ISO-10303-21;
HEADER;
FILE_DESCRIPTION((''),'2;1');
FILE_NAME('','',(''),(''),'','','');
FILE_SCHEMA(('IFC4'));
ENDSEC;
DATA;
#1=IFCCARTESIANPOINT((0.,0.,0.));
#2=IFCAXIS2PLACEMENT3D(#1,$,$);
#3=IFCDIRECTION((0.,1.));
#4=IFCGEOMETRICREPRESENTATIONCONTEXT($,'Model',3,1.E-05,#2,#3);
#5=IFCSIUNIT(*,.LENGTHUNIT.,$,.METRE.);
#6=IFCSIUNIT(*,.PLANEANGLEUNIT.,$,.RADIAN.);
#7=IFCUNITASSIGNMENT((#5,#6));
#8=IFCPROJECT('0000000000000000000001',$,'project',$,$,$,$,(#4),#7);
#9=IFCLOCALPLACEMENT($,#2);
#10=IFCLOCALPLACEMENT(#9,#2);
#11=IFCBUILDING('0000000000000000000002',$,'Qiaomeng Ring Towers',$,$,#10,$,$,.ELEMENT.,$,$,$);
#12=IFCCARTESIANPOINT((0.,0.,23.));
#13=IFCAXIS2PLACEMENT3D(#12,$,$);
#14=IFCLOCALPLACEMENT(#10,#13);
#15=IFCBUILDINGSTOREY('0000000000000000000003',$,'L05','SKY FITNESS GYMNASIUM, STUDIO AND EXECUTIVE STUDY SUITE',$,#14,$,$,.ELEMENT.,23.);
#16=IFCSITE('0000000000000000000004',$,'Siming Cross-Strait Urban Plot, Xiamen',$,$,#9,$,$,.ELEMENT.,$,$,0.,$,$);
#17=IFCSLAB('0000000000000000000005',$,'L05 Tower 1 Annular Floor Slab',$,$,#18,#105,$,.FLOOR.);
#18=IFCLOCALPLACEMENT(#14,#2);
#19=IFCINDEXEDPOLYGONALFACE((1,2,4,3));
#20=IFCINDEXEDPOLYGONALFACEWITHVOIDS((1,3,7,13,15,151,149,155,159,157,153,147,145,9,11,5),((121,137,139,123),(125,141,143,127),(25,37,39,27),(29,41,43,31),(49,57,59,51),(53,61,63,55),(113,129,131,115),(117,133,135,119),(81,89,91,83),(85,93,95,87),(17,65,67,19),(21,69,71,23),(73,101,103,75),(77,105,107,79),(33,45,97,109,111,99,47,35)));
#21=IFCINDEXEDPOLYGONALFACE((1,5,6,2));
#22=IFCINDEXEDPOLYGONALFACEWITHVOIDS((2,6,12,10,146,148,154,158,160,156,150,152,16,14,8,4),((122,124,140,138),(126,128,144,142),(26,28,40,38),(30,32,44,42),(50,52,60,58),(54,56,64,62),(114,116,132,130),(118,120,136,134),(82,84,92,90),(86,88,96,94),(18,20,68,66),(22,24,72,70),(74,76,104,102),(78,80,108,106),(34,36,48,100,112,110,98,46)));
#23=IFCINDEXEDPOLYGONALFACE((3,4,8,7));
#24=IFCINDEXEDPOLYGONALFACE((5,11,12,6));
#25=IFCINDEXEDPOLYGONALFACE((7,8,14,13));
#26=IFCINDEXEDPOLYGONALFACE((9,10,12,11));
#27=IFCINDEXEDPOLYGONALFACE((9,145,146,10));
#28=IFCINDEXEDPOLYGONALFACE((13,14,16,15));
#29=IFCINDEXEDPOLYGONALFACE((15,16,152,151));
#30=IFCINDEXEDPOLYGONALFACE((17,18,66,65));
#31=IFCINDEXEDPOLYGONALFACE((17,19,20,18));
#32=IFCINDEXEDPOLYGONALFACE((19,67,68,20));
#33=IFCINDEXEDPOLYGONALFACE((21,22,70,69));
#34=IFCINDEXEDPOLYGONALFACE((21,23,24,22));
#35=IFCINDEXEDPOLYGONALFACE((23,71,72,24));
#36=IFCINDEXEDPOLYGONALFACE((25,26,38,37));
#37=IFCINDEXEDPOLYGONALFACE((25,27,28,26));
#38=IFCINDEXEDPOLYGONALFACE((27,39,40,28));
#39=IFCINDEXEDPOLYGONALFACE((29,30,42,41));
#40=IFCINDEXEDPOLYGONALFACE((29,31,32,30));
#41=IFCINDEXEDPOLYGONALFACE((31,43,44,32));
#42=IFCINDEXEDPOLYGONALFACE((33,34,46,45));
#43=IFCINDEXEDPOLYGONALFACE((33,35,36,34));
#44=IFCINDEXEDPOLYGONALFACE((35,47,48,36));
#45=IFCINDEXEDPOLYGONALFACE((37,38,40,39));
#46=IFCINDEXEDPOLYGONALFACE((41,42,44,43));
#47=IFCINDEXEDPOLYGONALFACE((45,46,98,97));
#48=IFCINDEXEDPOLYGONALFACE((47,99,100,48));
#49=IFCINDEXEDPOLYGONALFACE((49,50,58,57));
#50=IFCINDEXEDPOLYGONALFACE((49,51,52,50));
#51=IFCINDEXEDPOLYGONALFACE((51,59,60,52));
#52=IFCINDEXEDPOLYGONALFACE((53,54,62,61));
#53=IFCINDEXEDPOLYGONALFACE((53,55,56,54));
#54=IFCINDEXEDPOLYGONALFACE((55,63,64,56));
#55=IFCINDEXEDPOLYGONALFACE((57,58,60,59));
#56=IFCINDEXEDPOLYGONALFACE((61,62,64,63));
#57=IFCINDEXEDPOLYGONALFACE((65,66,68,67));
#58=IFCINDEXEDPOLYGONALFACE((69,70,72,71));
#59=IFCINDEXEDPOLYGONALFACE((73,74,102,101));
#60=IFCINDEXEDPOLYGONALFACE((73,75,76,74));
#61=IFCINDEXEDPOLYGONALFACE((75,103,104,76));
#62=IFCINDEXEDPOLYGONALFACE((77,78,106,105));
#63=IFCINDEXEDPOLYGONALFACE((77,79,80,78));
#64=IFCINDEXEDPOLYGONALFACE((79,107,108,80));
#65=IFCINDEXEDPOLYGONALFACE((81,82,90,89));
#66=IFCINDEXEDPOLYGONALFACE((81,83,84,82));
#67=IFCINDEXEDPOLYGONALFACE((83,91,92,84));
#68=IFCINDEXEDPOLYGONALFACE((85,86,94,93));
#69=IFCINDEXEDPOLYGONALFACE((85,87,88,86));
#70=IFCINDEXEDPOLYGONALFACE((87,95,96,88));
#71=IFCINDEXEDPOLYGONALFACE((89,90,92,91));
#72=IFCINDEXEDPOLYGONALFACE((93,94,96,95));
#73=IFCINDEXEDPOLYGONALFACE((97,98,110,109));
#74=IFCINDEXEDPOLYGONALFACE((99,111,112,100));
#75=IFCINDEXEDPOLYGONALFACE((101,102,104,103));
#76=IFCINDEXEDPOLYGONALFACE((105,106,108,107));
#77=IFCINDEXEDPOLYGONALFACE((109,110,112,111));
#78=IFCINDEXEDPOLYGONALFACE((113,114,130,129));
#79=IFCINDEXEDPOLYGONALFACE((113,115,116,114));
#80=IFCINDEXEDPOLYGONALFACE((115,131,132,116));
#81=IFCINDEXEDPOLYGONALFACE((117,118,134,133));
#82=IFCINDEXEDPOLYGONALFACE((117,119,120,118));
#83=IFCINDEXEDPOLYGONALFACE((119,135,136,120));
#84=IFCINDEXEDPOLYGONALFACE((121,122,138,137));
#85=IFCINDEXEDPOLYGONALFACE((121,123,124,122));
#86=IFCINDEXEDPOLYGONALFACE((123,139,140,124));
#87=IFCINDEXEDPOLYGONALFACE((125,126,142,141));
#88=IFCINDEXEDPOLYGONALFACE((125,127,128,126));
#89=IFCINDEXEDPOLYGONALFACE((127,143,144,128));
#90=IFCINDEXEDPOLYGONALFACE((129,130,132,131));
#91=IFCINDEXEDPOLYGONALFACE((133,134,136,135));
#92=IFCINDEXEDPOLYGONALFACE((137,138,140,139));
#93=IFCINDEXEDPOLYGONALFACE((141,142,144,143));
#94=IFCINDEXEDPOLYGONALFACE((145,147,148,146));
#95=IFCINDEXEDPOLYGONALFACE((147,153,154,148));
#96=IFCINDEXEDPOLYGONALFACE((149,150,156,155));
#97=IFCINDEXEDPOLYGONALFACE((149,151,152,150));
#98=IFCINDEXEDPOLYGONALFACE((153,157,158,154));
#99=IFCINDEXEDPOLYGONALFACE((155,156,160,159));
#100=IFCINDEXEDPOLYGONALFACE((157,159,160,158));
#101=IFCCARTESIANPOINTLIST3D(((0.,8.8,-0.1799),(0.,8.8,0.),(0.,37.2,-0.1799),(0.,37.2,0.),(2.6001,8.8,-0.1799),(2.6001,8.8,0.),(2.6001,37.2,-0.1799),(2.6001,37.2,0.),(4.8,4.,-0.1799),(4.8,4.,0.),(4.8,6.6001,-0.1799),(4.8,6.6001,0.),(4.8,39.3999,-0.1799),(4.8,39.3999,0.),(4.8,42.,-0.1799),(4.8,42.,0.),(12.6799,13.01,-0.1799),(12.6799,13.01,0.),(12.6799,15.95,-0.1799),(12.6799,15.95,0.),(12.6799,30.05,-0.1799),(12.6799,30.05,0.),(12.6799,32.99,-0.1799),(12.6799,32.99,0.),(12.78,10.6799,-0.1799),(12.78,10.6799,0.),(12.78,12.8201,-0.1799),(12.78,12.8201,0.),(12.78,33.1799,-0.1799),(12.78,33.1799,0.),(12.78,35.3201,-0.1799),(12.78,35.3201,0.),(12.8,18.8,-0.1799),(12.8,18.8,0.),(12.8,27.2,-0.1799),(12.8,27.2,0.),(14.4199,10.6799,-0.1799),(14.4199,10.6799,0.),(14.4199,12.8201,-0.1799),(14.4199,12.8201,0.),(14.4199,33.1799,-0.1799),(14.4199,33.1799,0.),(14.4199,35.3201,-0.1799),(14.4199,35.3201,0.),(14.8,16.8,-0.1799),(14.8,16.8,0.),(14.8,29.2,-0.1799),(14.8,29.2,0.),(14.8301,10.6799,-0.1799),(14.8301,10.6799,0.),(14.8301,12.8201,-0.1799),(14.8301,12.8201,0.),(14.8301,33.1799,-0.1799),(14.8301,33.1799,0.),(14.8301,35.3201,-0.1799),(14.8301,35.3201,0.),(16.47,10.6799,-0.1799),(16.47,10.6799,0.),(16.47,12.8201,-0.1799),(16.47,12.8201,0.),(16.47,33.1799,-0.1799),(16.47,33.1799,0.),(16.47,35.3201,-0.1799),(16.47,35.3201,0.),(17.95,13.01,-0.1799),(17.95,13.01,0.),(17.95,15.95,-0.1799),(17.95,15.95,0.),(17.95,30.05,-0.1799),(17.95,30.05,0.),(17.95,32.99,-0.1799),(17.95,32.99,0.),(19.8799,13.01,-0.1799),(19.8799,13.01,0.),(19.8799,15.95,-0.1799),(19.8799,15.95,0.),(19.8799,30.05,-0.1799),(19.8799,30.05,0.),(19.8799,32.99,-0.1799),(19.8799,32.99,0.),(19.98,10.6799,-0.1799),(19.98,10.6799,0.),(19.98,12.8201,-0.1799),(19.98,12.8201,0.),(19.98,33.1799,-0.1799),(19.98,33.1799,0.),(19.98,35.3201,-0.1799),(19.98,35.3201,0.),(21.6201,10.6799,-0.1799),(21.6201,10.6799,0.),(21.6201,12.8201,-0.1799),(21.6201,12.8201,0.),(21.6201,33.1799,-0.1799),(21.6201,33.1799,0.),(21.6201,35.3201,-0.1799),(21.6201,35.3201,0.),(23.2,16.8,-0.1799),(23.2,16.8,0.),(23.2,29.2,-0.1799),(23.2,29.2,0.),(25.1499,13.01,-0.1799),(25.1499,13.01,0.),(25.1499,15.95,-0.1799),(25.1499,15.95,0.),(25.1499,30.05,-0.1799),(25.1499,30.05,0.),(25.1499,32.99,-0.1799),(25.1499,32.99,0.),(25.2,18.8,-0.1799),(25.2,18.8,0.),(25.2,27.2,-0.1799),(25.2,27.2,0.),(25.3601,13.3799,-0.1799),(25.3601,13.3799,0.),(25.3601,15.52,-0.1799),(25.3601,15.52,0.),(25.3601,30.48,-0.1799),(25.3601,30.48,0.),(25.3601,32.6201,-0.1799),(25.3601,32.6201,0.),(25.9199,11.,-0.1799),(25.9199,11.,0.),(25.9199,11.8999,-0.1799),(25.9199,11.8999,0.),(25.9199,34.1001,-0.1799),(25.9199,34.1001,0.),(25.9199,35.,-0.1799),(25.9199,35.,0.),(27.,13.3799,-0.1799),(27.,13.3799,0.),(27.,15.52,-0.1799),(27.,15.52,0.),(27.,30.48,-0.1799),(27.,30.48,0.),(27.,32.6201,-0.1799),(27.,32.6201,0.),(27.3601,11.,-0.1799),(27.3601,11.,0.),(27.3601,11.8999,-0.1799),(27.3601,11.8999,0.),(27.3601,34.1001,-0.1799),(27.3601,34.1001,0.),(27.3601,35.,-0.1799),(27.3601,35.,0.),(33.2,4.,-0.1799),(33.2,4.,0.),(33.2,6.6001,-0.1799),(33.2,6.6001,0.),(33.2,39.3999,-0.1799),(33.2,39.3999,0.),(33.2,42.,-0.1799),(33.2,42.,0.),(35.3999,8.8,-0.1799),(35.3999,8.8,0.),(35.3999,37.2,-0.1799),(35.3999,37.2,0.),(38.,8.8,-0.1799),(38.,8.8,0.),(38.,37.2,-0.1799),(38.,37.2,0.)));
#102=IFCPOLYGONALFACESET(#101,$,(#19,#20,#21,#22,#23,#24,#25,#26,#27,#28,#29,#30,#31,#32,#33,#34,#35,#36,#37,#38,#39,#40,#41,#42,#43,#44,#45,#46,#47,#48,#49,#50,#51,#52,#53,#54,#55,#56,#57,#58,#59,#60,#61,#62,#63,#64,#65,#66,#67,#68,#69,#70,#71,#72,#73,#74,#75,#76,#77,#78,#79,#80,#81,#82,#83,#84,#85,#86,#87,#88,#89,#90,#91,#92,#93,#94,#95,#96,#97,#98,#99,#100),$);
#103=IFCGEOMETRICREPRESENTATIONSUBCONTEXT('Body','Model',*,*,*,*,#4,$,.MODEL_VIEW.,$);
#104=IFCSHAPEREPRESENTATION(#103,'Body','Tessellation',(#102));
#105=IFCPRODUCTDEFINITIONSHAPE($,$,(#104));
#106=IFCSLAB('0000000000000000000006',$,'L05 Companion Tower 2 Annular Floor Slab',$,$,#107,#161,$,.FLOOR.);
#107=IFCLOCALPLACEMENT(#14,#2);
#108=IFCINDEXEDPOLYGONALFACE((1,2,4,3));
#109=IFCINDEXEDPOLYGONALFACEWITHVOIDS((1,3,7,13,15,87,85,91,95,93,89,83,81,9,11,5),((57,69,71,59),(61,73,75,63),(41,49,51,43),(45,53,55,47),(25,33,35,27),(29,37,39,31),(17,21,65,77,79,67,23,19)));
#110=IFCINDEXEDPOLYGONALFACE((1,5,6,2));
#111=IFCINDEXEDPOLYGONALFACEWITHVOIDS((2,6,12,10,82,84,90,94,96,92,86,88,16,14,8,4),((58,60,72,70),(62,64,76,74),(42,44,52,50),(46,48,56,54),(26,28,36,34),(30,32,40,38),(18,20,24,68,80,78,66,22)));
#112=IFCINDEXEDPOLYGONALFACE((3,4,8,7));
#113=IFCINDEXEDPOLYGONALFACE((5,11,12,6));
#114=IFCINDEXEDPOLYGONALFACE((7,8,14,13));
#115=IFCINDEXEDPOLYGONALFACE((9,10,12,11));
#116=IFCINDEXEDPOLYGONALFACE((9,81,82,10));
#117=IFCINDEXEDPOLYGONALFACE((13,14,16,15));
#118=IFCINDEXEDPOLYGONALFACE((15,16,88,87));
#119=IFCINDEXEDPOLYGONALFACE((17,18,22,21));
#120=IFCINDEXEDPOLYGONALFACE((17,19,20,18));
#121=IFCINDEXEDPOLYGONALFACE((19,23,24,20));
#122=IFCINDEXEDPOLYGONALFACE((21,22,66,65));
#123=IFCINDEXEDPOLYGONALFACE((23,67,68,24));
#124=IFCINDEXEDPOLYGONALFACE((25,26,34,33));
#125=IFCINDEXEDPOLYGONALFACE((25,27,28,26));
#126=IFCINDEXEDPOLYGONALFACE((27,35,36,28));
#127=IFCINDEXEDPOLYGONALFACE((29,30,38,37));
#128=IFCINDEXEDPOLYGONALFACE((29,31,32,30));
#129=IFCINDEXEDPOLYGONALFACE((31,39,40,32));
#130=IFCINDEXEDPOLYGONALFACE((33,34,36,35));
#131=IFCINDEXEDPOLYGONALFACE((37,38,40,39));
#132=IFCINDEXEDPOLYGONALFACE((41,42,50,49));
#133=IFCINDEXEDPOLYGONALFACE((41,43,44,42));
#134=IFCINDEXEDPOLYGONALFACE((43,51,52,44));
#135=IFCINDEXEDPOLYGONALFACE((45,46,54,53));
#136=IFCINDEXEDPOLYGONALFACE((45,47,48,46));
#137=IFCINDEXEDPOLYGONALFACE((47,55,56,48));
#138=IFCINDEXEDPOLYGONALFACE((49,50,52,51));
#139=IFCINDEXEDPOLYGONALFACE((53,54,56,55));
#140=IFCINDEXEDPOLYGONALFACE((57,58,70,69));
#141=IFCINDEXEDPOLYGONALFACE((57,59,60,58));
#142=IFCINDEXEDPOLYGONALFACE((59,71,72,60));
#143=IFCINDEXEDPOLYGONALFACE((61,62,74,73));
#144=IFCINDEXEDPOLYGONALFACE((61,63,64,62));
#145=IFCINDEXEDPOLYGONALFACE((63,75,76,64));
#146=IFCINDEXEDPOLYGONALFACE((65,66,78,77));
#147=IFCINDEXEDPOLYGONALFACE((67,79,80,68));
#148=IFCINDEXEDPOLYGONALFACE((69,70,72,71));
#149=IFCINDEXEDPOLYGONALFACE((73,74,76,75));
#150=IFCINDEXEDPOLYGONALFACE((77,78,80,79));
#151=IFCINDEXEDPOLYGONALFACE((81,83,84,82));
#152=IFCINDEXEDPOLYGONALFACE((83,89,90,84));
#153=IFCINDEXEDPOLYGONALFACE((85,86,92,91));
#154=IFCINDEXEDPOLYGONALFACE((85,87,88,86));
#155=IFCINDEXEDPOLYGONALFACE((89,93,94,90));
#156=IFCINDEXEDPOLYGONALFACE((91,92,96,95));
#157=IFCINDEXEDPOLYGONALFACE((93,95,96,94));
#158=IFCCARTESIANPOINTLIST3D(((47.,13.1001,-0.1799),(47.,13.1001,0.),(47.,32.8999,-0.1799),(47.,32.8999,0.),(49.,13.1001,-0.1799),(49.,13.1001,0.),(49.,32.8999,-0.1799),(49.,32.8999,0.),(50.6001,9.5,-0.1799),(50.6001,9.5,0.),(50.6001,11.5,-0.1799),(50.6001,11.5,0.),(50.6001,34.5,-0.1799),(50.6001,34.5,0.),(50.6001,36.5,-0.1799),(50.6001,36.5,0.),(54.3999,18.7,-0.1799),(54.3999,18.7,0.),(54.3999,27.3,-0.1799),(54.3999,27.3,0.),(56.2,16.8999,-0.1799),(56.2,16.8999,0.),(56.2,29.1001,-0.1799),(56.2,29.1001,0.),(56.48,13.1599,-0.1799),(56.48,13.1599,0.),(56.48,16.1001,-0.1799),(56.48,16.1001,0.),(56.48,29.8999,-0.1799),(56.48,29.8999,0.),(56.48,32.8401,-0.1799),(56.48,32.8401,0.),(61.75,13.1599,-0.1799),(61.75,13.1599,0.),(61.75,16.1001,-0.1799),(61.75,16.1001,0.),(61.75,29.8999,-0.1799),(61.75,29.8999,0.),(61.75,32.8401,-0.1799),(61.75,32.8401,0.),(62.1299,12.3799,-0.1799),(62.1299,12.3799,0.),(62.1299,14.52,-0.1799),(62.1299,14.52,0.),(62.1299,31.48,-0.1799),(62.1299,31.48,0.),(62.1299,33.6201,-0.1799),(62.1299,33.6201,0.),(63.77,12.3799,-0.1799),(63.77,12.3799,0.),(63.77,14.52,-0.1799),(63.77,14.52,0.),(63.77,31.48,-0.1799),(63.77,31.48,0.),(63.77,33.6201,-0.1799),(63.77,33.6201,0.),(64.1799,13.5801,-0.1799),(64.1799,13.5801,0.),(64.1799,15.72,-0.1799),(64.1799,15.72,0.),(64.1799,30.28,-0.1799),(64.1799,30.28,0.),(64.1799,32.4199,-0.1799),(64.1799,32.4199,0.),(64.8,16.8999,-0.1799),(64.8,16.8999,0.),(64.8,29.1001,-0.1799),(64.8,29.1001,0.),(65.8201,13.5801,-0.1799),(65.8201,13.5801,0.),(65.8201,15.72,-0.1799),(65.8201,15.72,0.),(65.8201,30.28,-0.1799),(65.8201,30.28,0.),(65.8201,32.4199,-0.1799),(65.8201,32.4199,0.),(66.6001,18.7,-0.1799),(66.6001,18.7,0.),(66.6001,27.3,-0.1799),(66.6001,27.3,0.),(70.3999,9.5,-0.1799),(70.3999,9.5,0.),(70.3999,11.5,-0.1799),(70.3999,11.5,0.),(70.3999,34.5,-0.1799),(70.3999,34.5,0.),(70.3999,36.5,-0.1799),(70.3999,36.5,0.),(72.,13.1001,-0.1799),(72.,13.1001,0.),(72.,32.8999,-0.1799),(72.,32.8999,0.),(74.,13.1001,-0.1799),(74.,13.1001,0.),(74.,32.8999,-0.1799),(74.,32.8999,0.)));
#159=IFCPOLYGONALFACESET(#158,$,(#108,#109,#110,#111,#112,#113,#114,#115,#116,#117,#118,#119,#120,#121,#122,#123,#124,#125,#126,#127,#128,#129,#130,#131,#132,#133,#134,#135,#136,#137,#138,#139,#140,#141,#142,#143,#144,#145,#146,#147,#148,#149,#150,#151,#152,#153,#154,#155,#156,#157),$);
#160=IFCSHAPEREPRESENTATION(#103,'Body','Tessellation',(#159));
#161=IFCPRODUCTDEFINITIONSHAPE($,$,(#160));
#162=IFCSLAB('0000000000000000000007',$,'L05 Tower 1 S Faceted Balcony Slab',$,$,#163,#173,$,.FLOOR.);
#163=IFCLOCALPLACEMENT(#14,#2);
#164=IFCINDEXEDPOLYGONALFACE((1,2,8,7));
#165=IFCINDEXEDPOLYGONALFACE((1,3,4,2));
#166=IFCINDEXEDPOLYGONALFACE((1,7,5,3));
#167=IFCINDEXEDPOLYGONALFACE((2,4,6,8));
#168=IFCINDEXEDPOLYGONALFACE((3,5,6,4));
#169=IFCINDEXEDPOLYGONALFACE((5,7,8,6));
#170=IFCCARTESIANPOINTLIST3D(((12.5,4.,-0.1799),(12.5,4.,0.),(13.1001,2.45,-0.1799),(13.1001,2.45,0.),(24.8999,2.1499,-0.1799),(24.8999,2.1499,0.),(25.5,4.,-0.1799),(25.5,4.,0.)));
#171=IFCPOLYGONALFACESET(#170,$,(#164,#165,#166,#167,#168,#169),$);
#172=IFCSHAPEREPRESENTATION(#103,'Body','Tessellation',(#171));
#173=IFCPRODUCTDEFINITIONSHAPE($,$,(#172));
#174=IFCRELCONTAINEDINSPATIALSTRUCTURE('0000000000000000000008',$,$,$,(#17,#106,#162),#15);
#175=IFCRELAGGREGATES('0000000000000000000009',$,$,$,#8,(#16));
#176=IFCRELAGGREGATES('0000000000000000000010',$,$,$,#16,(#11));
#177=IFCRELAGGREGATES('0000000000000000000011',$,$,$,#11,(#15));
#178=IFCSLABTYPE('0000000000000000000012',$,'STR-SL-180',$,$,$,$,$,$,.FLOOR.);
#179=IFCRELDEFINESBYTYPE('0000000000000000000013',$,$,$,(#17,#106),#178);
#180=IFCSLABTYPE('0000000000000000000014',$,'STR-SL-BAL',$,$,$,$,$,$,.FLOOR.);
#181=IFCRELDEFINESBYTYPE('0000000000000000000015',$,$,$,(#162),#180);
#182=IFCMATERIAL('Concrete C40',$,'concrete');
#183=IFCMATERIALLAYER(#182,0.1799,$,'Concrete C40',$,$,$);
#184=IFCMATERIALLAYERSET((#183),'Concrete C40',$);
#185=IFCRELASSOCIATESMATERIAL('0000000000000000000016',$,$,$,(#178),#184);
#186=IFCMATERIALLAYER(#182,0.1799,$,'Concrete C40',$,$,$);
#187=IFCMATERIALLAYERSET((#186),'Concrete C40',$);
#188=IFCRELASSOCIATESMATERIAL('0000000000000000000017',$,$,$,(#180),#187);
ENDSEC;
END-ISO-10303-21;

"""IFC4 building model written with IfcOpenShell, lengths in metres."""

from ifc_helpers import new_model, si_unit, direction, frame, origin, place, context, subcontext, project, spatial, polyline, outline, extrude, material, layer, layer_set, type_object, element, save


model = new_model("IFC4")

# Units and contexts
model_context = context("Model", 3, precision=1e-05, world=origin(), true_north=direction((0.0, 1.0)))
body_context = subcontext(model_context, "Body", "Model", "MODEL_VIEW")
ifc_project = project(units=[si_unit("LENGTHUNIT", "METRE"), si_unit("PLANEANGLEUNIT", "RADIAN")], contexts=[model_context])

# Site, building, storey
site_placement = place(None, origin())
site = spatial("IfcSite", under=ifc_project, at=site_placement, Name="Siming Cross-Strait Urban Plot, Xiamen", CompositionType="ELEMENT", RefElevation=0.0)
building_placement = place(site_placement, origin())
building = spatial("IfcBuilding", under=site, at=building_placement, Name="Qiaomeng Ring Towers", CompositionType="ELEMENT")
storey_placement = place(building_placement, frame((0.0, 0.0, 23.0)))
storey = spatial("IfcBuildingStorey", under=building, at=storey_placement, Name="L05", Description="SKY FITNESS GYMNASIUM, STUDIO AND EXECUTIVE STUDY SUITE", CompositionType="ELEMENT", Elevation=23.0)

# Slabs
ifc_material_1 = material(Name="Concrete C40", Category="concrete")
ifc_layer_1 = layer(ifc_material_1, 0.1799, Name="Concrete C40")
ifc_layer_set_1 = layer_set([ifc_layer_1], Name="Concrete C40")
slab_type_1 = type_object("IfcSlabType", Name="STR-SL-180", PredefinedType="FLOOR", material=ifc_layer_set_1)
slab_1_placement = place(storey_placement, frame((0.0, 0.0, -0.1799)))
element("IfcSlab", 1, at=slab_1_placement, inside=storey, type_object=slab_type_1, Name="L05 Tower 1 Annular Floor Slab", PredefinedType="FLOOR", context=body_context, shape_type="SweptSolid", body=[
    extrude(outline(polyline([(4.8, 4.0), (33.2, 4.0), (33.2, 6.6001), (35.3999, 8.8), (38.0, 8.8), (38.0, 37.2), (35.3999, 37.2), (33.2, 39.3999), (33.2, 42.0), (4.8, 42.0), (4.8, 39.3999), (2.6001, 37.2), (0.0, 37.2), (0.0, 8.8), (2.6001, 8.8), (4.8, 6.6001), (4.8, 4.0)]), holes=[polyline([(12.78, 10.6799), (12.78, 12.8201), (14.4199, 12.8201), (14.4199, 10.6799), (12.78, 10.6799)]), polyline([(14.8301, 12.8201), (16.47, 12.8201), (16.47, 10.6799), (14.8301, 10.6799), (14.8301, 12.8201)]), polyline([(12.6799, 15.95), (17.95, 15.95), (17.95, 13.01), (12.6799, 13.01), (12.6799, 15.95)]), polyline([(25.2, 27.2), (25.2, 18.8), (23.2, 16.8), (14.8, 16.8), (12.8, 18.8), (12.8, 27.2), (14.8, 29.2), (23.2, 29.2), (25.2, 27.2)]), polyline([(12.6799, 32.99), (17.95, 32.99), (17.95, 30.05), (12.6799, 30.05), (12.6799, 32.99)]), polyline([(12.78, 35.3201), (14.4199, 35.3201), (14.4199, 33.1799), (12.78, 33.1799), (12.78, 35.3201)]), polyline([(14.8301, 35.3201), (16.47, 35.3201), (16.47, 33.1799), (14.8301, 33.1799), (14.8301, 35.3201)]), polyline([(19.98, 35.3201), (21.6201, 35.3201), (21.6201, 33.1799), (19.98, 33.1799), (19.98, 35.3201)]), polyline([(25.9199, 11.8999), (27.3601, 11.8999), (27.3601, 11.0), (25.9199, 11.0), (25.9199, 11.8999)]), polyline([(19.98, 12.8201), (21.6201, 12.8201), (21.6201, 10.6799), (19.98, 10.6799), (19.98, 12.8201)]), polyline([(25.3601, 15.52), (27.0, 15.52), (27.0, 13.3799), (25.3601, 13.3799), (25.3601, 15.52)]), polyline([(19.8799, 15.95), (25.1499, 15.95), (25.1499, 13.01), (19.8799, 13.01), (19.8799, 15.95)]), polyline([(19.8799, 32.99), (25.1499, 32.99), (25.1499, 30.05), (19.8799, 30.05), (19.8799, 32.99)]), polyline([(25.3601, 32.6201), (27.0, 32.6201), (27.0, 30.48), (25.3601, 30.48), (25.3601, 32.6201)]), polyline([(25.9199, 35.0), (27.3601, 35.0), (27.3601, 34.1001), (25.9199, 34.1001), (25.9199, 35.0)])]), origin(), (0.0, 0.0, 1.0), 0.1799),
])
slab_2_placement = place(storey_placement, frame((0.0, 0.0, -0.1799)))
element("IfcSlab", 2, at=slab_2_placement, inside=storey, type_object=slab_type_1, Name="L05 Companion Tower 2 Annular Floor Slab", PredefinedType="FLOOR", context=body_context, shape_type="SweptSolid", body=[
    extrude(outline(polyline([(50.6001, 9.5), (70.3999, 9.5), (70.3999, 11.5), (72.0, 13.1001), (74.0, 13.1001), (74.0, 32.8999), (72.0, 32.8999), (70.3999, 34.5), (70.3999, 36.5), (50.6001, 36.5), (50.6001, 34.5), (49.0, 32.8999), (47.0, 32.8999), (47.0, 13.1001), (49.0, 13.1001), (50.6001, 11.5), (50.6001, 9.5)]), holes=[polyline([(62.1299, 12.3799), (62.1299, 14.52), (63.77, 14.52), (63.77, 12.3799), (62.1299, 12.3799)]), polyline([(56.48, 13.1599), (56.48, 16.1001), (61.75, 16.1001), (61.75, 13.1599), (56.48, 13.1599)]), polyline([(64.1799, 13.5801), (64.1799, 15.72), (65.8201, 15.72), (65.8201, 13.5801), (64.1799, 13.5801)]), polyline([(64.8, 29.1001), (66.6001, 27.3), (66.6001, 18.7), (64.8, 16.8999), (56.2, 16.8999), (54.3999, 18.7), (54.3999, 27.3), (56.2, 29.1001), (64.8, 29.1001)]), polyline([(64.1799, 30.28), (64.1799, 32.4199), (65.8201, 32.4199), (65.8201, 30.28), (64.1799, 30.28)]), polyline([(56.48, 32.8401), (61.75, 32.8401), (61.75, 29.8999), (56.48, 29.8999), (56.48, 32.8401)]), polyline([(62.1299, 33.6201), (63.77, 33.6201), (63.77, 31.48), (62.1299, 31.48), (62.1299, 33.6201)])]), origin(), (0.0, 0.0, 1.0), 0.1799),
])
ifc_layer_2 = layer(ifc_material_1, 0.1799, Name="Concrete C40")
ifc_layer_set_2 = layer_set([ifc_layer_2], Name="Concrete C40")
slab_type_2 = type_object("IfcSlabType", Name="STR-SL-BAL", PredefinedType="FLOOR", material=ifc_layer_set_2)
slab_3_placement = place(storey_placement, frame((0.0, 0.0, -0.1799)))
element("IfcSlab", 3, at=slab_3_placement, inside=storey, type_object=slab_type_2, Name="L05 Tower 1 S Faceted Balcony Slab", PredefinedType="FLOOR", context=body_context, shape_type="SweptSolid", body=[
    extrude(outline(polyline([(24.8999, 2.1499), (13.1001, 2.45), (12.5, 4.0), (25.5, 4.0), (24.8999, 2.1499)])), origin(), (0.0, 0.0, 1.0), 0.1799),
])

save(model, "model.ifc")
